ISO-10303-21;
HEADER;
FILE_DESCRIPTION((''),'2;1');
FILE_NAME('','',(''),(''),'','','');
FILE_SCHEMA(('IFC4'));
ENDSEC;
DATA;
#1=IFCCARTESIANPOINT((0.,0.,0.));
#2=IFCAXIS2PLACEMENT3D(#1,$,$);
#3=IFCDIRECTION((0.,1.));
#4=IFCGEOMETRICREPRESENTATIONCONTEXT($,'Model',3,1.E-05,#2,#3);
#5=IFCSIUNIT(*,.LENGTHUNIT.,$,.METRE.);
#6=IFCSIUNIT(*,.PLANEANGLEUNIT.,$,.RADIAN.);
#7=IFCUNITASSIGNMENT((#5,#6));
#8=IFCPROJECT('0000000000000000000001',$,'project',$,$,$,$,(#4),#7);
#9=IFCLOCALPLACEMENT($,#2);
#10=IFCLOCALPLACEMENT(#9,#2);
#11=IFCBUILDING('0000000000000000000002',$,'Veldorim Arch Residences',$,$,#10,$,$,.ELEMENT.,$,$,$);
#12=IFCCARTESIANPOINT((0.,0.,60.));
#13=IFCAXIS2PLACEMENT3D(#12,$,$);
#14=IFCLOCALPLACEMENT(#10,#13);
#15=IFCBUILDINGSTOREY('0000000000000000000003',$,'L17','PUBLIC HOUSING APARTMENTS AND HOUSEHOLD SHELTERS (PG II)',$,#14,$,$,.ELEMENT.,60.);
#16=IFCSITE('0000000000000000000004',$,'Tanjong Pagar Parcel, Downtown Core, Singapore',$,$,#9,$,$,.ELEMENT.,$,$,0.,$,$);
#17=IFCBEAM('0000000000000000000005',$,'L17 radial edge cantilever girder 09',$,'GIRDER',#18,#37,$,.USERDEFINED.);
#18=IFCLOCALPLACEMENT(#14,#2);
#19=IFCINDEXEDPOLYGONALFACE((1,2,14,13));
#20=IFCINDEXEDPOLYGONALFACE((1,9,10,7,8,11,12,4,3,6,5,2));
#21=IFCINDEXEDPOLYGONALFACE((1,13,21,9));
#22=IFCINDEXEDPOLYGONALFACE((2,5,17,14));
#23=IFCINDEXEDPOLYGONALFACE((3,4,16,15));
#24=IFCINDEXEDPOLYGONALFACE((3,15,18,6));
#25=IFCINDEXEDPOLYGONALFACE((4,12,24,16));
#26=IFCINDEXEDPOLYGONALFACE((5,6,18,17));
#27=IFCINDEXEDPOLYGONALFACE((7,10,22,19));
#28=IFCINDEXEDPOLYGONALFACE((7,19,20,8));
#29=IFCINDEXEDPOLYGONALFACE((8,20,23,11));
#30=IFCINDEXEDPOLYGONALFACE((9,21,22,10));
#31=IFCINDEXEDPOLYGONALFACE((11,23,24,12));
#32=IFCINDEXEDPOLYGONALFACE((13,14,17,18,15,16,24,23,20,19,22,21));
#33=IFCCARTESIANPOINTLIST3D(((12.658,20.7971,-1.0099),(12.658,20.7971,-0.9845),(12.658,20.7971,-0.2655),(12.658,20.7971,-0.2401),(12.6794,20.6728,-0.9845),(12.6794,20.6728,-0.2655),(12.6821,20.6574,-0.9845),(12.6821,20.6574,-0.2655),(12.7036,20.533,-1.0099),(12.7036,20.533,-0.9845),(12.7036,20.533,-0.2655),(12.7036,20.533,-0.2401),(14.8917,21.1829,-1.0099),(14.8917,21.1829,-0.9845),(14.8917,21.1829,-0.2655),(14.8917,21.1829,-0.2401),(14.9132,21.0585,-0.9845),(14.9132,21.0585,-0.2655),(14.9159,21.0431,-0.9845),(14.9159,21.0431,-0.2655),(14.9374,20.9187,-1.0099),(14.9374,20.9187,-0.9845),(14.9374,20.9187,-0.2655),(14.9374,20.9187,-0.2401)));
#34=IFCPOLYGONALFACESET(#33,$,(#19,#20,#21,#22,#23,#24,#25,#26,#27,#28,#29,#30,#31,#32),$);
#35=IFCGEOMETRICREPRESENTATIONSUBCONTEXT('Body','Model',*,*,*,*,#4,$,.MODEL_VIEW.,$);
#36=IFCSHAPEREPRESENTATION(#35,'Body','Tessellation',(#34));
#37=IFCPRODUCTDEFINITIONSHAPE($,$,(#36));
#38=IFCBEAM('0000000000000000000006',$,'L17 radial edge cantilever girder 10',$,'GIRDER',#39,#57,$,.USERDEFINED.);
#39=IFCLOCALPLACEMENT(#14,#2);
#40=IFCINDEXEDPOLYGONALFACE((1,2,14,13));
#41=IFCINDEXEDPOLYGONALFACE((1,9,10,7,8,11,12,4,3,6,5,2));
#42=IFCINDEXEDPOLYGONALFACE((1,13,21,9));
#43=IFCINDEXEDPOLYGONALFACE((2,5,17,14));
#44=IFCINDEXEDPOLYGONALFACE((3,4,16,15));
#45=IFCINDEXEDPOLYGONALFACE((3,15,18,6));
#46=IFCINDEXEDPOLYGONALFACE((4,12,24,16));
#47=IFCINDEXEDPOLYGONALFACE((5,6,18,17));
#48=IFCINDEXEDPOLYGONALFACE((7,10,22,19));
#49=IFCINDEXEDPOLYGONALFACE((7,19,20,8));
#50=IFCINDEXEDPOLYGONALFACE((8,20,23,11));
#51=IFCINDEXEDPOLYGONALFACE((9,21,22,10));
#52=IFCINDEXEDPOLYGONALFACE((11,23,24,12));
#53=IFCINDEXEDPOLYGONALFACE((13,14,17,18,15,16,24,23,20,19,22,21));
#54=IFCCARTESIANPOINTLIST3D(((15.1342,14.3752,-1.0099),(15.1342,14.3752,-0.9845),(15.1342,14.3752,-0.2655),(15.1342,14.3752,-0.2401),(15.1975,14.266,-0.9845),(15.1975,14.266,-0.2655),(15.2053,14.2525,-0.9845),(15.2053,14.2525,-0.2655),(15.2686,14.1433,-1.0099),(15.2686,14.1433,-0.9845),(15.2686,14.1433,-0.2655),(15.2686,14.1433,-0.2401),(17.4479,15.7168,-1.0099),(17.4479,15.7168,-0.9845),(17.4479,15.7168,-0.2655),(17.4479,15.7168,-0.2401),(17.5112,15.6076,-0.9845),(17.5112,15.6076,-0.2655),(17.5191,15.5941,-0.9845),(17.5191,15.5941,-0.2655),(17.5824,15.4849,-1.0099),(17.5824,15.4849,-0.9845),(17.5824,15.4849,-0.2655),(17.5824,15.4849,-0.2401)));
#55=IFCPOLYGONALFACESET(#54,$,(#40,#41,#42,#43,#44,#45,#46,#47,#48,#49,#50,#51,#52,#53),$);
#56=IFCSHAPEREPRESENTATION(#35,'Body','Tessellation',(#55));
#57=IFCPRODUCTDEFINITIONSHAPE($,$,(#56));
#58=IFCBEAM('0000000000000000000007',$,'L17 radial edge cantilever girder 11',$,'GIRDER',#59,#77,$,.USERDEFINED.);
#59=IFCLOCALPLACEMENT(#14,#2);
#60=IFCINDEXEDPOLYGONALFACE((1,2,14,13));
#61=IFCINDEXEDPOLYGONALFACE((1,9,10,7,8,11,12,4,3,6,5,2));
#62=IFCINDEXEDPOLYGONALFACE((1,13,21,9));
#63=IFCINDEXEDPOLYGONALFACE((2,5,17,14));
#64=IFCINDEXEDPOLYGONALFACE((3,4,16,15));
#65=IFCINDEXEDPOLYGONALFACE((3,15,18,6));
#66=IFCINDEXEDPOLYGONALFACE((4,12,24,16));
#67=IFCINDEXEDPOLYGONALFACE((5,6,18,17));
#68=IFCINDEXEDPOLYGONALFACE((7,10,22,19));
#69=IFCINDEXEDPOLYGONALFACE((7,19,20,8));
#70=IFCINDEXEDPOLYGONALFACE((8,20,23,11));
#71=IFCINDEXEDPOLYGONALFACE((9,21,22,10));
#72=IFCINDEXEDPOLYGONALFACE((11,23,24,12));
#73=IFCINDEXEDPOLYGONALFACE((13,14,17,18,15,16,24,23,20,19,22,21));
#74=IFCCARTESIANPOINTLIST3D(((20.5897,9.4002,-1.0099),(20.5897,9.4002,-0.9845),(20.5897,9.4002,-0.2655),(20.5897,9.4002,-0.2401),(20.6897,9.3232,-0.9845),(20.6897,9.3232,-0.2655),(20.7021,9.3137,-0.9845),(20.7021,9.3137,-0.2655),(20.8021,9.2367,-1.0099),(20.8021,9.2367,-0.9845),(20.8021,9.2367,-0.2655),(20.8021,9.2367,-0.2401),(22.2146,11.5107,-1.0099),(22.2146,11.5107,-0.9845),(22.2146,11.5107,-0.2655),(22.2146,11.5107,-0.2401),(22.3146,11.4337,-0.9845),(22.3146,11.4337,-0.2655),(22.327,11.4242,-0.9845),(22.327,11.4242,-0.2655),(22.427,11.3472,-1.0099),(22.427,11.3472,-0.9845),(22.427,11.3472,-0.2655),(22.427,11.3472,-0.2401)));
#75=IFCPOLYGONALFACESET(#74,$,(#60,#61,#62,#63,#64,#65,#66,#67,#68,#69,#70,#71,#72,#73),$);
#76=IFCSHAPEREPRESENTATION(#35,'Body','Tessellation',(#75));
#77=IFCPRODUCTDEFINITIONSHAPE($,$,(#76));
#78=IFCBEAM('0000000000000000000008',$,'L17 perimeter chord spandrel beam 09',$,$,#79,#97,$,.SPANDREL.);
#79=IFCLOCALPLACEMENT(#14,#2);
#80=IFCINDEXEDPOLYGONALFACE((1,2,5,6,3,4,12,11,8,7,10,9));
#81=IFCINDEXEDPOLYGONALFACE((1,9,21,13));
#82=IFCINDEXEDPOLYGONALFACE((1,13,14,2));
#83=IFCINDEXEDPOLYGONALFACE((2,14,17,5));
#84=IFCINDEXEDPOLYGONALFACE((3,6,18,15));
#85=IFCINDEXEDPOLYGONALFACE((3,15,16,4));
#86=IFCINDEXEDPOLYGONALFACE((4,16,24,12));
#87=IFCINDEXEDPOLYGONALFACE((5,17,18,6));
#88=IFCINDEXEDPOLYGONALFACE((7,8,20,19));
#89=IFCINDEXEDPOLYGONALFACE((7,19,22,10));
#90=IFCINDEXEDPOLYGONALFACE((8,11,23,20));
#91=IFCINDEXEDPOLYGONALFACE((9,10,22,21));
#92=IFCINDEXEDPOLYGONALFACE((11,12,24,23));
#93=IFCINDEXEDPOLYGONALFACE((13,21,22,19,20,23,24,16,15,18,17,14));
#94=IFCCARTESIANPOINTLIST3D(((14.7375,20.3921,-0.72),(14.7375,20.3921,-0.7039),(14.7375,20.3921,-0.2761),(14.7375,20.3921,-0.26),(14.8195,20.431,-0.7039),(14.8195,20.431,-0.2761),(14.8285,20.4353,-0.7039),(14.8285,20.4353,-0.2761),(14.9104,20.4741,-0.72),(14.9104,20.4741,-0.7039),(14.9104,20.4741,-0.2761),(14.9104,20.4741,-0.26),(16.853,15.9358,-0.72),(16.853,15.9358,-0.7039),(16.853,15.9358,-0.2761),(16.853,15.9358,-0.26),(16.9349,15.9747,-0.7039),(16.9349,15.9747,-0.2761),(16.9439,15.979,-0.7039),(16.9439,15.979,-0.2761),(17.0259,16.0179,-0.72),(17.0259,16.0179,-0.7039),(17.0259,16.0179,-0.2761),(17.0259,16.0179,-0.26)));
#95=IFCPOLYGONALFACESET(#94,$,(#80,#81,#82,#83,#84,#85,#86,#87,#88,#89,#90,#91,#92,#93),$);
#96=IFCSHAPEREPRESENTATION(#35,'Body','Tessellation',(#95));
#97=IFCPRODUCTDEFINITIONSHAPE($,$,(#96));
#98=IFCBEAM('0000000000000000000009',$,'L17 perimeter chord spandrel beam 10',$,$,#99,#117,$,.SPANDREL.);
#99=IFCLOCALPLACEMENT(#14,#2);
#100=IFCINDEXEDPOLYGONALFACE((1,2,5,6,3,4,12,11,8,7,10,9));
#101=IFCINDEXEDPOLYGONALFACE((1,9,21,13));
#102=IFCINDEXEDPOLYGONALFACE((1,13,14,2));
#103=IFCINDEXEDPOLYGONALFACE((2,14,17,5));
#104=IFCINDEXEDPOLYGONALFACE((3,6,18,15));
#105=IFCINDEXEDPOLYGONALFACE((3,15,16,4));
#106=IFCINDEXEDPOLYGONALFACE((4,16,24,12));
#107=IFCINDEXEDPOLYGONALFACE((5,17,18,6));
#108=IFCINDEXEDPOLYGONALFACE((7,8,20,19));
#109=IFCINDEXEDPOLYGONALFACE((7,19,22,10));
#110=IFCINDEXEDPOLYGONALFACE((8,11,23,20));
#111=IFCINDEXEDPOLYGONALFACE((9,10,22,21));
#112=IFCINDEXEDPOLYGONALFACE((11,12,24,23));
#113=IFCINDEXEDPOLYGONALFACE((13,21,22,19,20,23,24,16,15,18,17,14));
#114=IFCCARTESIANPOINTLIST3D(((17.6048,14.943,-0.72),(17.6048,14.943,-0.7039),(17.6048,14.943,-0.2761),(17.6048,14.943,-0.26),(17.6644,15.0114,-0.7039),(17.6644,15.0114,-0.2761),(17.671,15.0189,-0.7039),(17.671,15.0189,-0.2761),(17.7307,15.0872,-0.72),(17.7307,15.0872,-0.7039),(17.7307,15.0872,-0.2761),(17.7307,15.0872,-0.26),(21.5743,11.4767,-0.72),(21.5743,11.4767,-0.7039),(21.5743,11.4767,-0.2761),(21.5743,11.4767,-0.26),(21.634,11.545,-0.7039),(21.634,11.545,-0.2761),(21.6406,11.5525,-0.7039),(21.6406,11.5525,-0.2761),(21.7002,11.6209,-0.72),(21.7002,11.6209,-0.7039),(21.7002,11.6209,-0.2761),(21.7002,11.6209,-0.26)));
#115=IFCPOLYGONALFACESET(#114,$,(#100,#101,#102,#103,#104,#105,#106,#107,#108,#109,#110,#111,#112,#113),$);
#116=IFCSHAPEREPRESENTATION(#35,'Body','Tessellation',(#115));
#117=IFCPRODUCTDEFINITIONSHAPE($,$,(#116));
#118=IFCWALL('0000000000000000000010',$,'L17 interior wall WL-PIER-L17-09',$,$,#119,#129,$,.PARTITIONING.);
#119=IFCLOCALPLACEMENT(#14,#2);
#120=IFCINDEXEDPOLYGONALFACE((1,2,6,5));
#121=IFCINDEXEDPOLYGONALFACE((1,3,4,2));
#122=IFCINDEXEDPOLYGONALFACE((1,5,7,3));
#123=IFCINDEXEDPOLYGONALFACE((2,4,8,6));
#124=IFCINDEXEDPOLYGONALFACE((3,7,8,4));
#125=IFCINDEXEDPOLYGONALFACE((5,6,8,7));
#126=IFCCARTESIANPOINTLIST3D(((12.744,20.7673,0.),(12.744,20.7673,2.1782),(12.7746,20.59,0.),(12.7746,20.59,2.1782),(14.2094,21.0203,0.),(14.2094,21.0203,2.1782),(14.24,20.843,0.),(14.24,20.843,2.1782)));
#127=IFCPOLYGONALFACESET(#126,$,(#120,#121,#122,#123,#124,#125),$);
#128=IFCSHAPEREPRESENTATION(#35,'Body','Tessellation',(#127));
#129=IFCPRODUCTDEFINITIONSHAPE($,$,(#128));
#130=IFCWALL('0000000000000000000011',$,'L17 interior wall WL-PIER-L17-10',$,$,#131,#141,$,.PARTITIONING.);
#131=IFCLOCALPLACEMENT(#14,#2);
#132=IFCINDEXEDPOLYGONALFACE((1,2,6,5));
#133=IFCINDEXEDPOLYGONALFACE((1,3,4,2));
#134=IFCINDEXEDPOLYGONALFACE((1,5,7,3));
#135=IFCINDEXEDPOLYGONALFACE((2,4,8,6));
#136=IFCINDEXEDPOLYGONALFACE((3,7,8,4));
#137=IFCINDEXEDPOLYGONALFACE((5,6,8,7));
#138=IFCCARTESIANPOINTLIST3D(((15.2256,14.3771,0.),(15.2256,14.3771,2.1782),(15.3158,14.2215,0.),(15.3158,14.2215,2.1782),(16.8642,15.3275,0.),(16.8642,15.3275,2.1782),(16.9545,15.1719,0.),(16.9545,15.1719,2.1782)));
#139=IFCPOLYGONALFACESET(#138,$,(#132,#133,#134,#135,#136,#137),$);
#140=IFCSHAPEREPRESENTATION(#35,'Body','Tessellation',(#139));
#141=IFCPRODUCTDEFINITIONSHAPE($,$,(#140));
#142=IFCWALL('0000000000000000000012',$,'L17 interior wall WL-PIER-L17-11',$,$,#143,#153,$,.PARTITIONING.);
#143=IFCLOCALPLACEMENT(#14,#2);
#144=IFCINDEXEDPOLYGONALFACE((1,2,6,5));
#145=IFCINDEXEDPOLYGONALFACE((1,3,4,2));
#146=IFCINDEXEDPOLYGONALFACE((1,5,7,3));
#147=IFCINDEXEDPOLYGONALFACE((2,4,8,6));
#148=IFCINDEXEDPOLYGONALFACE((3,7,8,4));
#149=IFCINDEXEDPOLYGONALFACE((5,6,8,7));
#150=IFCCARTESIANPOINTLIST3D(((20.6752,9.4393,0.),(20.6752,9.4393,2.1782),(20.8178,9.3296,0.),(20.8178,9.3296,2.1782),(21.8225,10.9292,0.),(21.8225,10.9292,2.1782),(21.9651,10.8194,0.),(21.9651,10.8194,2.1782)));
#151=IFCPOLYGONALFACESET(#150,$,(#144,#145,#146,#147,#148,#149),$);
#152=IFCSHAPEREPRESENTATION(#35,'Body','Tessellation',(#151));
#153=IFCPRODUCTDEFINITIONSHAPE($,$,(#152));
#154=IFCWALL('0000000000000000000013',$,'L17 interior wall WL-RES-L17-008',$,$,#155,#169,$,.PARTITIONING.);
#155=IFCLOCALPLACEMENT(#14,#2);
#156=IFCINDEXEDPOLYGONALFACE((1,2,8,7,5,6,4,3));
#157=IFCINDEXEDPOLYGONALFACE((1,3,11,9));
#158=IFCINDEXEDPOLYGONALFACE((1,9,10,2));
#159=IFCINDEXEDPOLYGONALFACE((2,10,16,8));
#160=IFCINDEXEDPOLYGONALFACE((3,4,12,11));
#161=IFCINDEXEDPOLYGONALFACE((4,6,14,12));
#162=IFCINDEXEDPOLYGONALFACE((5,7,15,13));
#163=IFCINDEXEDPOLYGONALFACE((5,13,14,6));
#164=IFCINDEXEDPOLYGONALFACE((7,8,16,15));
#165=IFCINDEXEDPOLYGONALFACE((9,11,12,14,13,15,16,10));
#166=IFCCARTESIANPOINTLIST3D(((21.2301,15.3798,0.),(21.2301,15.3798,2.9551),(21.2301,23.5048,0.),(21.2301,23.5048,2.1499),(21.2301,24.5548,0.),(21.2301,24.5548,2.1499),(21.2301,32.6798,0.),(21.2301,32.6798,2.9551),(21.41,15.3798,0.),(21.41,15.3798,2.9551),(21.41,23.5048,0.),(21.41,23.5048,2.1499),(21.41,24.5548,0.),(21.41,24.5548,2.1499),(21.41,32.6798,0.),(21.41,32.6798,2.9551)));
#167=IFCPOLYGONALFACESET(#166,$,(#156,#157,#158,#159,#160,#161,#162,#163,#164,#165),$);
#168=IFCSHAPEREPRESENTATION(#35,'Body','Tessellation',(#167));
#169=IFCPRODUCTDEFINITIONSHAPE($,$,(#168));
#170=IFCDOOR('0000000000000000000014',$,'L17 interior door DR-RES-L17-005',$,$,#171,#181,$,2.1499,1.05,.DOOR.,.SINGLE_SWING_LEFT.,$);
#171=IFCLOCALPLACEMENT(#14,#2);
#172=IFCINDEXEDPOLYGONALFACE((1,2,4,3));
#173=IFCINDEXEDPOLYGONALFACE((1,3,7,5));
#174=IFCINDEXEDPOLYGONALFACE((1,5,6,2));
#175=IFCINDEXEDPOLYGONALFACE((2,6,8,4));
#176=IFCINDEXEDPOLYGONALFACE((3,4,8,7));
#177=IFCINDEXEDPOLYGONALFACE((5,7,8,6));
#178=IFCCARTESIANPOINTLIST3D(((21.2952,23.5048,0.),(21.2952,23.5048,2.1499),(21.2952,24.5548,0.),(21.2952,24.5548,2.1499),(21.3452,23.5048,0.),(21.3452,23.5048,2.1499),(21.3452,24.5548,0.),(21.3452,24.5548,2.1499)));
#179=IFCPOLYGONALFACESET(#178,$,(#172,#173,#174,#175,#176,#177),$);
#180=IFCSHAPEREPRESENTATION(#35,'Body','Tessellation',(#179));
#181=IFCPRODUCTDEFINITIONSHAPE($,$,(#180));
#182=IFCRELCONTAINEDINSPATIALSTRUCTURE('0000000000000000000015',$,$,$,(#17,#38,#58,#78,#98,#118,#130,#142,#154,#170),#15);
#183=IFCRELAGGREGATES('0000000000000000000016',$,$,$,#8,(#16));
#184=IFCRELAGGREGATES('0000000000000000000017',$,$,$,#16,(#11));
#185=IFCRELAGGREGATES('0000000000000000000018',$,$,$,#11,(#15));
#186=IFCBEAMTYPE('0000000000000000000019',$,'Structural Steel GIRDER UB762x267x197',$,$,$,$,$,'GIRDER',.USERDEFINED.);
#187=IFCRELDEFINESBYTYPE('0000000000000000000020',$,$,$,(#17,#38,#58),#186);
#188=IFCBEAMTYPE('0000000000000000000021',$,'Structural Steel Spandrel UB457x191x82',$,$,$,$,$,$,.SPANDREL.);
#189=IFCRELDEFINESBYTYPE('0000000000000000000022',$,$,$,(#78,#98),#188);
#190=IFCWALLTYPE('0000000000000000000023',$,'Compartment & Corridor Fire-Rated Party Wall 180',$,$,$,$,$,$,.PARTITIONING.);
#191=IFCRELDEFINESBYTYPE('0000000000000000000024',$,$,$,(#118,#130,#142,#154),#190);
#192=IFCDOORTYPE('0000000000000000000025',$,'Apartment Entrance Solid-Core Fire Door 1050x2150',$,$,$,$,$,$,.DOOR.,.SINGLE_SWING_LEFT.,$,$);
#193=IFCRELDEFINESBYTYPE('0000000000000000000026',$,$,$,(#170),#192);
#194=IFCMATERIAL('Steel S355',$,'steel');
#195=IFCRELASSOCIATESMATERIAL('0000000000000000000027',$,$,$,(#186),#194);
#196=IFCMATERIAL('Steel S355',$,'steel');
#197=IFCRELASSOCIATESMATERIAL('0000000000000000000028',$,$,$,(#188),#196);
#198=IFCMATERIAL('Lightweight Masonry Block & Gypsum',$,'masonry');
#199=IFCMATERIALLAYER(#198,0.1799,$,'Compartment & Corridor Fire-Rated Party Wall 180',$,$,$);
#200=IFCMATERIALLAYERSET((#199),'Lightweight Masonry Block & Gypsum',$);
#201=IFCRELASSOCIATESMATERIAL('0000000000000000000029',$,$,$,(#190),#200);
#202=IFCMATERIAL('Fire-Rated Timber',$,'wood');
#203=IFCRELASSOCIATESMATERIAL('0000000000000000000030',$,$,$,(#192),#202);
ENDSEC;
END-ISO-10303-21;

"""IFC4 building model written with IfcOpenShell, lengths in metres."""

from ifc_helpers import new_model, si_unit, direction, frame, frame_2d, origin, origin_2d, place, context, subcontext, project, spatial, rectangle, i_section, extrude, material, layer, layer_set, material_profile, profile_set, type_object, element, fill, save


model = new_model("IFC4")

# Units and contexts
model_context = context("Model", 3, precision=1e-05, world=origin(), true_north=direction((0.0, 1.0)))
body_context = subcontext(model_context, "Body", "Model", "MODEL_VIEW")
ifc_project = project(units=[si_unit("LENGTHUNIT", "METRE"), si_unit("PLANEANGLEUNIT", "RADIAN")], contexts=[model_context])

# Site, building, storey
site_placement = place(None, origin())
site = spatial("IfcSite", under=ifc_project, at=site_placement, Name="Tanjong Pagar Parcel, Downtown Core, Singapore", CompositionType="ELEMENT", RefElevation=0.0)
building_placement = place(site_placement, origin())
building = spatial("IfcBuilding", under=site, at=building_placement, Name="Veldorim Arch Residences", CompositionType="ELEMENT")
storey_placement = place(building_placement, frame((0.0, 0.0, 60.0)))
storey = spatial("IfcBuildingStorey", under=building, at=storey_placement, Name="L17", Description="PUBLIC HOUSING APARTMENTS AND HOUSEHOLD SHELTERS (PG II)", CompositionType="ELEMENT", Elevation=60.0)

# Beams
ifc_material_1 = material(Name="Steel S355", Category="steel")
ifc_material_profile_1 = material_profile(ifc_material_1, i_section(OverallWidth=0.2681, OverallDepth=0.7698, WebThickness=0.0156, FlangeThickness=0.0254, at=origin_2d()), Name="UB762x267x197")
ifc_profile_set_1 = profile_set([ifc_material_profile_1], Name="Steel S355")
beam_type_1 = type_object("IfcBeamType", Name="Structural Steel GIRDER UB762x267x197", ElementType="GIRDER", PredefinedType="USERDEFINED", material=ifc_profile_set_1)
beam_1_placement = place(storey_placement, frame((14.9146, 21.0508, -0.625), z_axis=(-0.985417, -0.170159, 0.0), x_axis=(0.170159, -0.985417, 0.0)))
element("IfcBeam", 1, at=beam_1_placement, inside=storey, type_object=beam_type_1, Name="L17 radial edge cantilever girder 09", ObjectType="GIRDER", PredefinedType="USERDEFINED", context=body_context, shape_type="SweptSolid", body=[
    extrude(i_section(OverallWidth=0.2681, OverallDepth=0.7698, WebThickness=0.0156, FlangeThickness=0.0254, at=origin_2d()), origin(), (0.0, 0.0, 1.0), 2.2668),
])
beam_2_placement = place(storey_placement, frame((17.5151, 15.6008, -0.625), z_axis=(-0.865097, -0.501605, 0.0), x_axis=(0.501605, -0.865097, 0.0)))
element("IfcBeam", 2, at=beam_2_placement, inside=storey, type_object=beam_type_1, Name="L17 radial edge cantilever girder 10", ObjectType="GIRDER", PredefinedType="USERDEFINED", context=body_context, shape_type="SweptSolid", body=[
    extrude(i_section(OverallWidth=0.2681, OverallDepth=0.7698, WebThickness=0.0156, FlangeThickness=0.0254, at=origin_2d()), origin(), (0.0, 0.0, 1.0), 2.6746),
])
beam_3_placement = place(storey_placement, frame((22.3208, 11.429, -0.625), z_axis=(-0.610056, -0.792358, 0.0), x_axis=(0.792358, -0.610056, 0.0)))
element("IfcBeam", 3, at=beam_3_placement, inside=storey, type_object=beam_type_1, Name="L17 radial edge cantilever girder 11", ObjectType="GIRDER", PredefinedType="USERDEFINED", context=body_context, shape_type="SweptSolid", body=[
    extrude(i_section(OverallWidth=0.2681, OverallDepth=0.7698, WebThickness=0.0156, FlangeThickness=0.0254, at=origin_2d()), origin(), (0.0, 0.0, 1.0), 2.6636),
])
ifc_material_2 = material(Name="Steel S355", Category="steel")
ifc_material_profile_2 = material_profile(ifc_material_2, i_section(OverallWidth=0.1914, OverallDepth=0.46, WebThickness=0.01, FlangeThickness=0.0161, at=origin_2d()), Name="UB457x191x82")
ifc_profile_set_2 = profile_set([ifc_material_profile_2], Name="Steel S355")
beam_type_2 = type_object("IfcBeamType", Name="Structural Steel Spandrel UB457x191x82", PredefinedType="SPANDREL", material=ifc_profile_set_2)
beam_4_placement = place(storey_placement, frame((14.824, 20.4331, -0.49), z_axis=(0.428848, -0.903377, 0.0), x_axis=(0.903377, 0.428848, 0.0)))
element("IfcBeam", 4, at=beam_4_placement, inside=storey, type_object=beam_type_2, Name="L17 perimeter chord spandrel beam 09", PredefinedType="SPANDREL", context=body_context, shape_type="SweptSolid", body=[
    extrude(i_section(OverallWidth=0.1914, OverallDepth=0.46, WebThickness=0.01, FlangeThickness=0.0161, at=origin_2d()), origin(), (0.0, 0.0, 1.0), 4.9329),
])
beam_5_placement = place(storey_placement, frame((17.6677, 15.0151, -0.49), z_axis=(0.753234, -0.657753, 0.0), x_axis=(0.657753, 0.753234, 0.0)))
element("IfcBeam", 5, at=beam_5_placement, inside=storey, type_object=beam_type_2, Name="L17 perimeter chord spandrel beam 10", PredefinedType="SPANDREL", context=body_context, shape_type="SweptSolid", body=[
    extrude(i_section(OverallWidth=0.1914, OverallDepth=0.46, WebThickness=0.01, FlangeThickness=0.0161, at=origin_2d()), origin(), (0.0, 0.0, 1.0), 5.27),
])

# Walls
ifc_material_3 = material(Name="Lightweight Masonry Block & Gypsum", Category="masonry")
ifc_layer_1 = layer(ifc_material_3, 0.1799, Name="Compartment & Corridor Fire-Rated Party Wall 180")
ifc_layer_set_1 = layer_set([ifc_layer_1], Name="Lightweight Masonry Block & Gypsum")
wall_type_1 = type_object("IfcWallType", Name="Compartment & Corridor Fire-Rated Party Wall 180", PredefinedType="PARTITIONING", material=ifc_layer_set_1)
wall_1_placement = place(storey_placement, frame((14.2249, 20.9316, 0.0), z_axis=(0.0, 0.0, 1.0), x_axis=(-0.985428, -0.170094, 0.0)))
element("IfcWall", 6, at=wall_1_placement, inside=storey, type_object=wall_type_1, Name="L17 interior wall WL-PIER-L17-09", PredefinedType="PARTITIONING", context=body_context, shape_type="SweptSolid", body=[
    extrude(rectangle(XDim=1.4871, YDim=0.1799, at=frame_2d((0.7437, 0.0))), origin(), (0.0, 0.0, 1.0), 2.1782),
])
wall_2_placement = place(storey_placement, frame((16.9094, 15.2498, 0.0), z_axis=(0.0, 0.0, 1.0), x_axis=(-0.865029, -0.501722, 0.0)))
element("IfcWall", 7, at=wall_2_placement, inside=storey, type_object=wall_type_1, Name="L17 interior wall WL-PIER-L17-10", PredefinedType="PARTITIONING", context=body_context, shape_type="SweptSolid", body=[
    extrude(rectangle(XDim=1.8943, YDim=0.1799, at=frame_2d((0.9473, 0.0))), origin(), (0.0, 0.0, 1.0), 2.1782),
])
wall_3_placement = place(storey_placement, frame((21.8938, 10.8743, 0.0), z_axis=(0.0, 0.0, 1.0), x_axis=(-0.610131, -0.7923, 0.0)))
element("IfcWall", 8, at=wall_3_placement, inside=storey, type_object=wall_type_1, Name="L17 interior wall WL-PIER-L17-11", PredefinedType="PARTITIONING", context=body_context, shape_type="SweptSolid", body=[
    extrude(rectangle(XDim=1.8804, YDim=0.1799, at=frame_2d((0.9402, 0.0))), origin(), (0.0, 0.0, 1.0), 2.1782),
])

# Wall, opening, door
wall_4_placement = place(storey_placement, frame((21.3201, 15.3799, 0.0), z_axis=(0.0, 0.0, 1.0), x_axis=(0.0, 1.0, 0.0)))
wall_4 = element("IfcWall", 9, at=wall_4_placement, inside=storey, type_object=wall_type_1, Name="L17 interior wall WL-RES-L17-008", PredefinedType="PARTITIONING", context=body_context, shape_type="SweptSolid", body=[
    extrude(rectangle(XDim=17.3, YDim=0.1799, at=frame_2d((8.6499, 0.0))), origin(), (0.0, 0.0, 1.0), 2.9551),
])
opening_1_placement = place(wall_4_placement, frame((8.125, 0.0, 0.0)))
opening_1 = element("IfcOpeningElement", 10, at=opening_1_placement, cuts=wall_4, PredefinedType="OPENING", context=body_context, shape_type="SweptSolid", body=[
    extrude(rectangle(XDim=1.05, YDim=2.1499, at=frame_2d((0.5249, 1.075))), frame((0.0, 0.0999, 0.0), z_axis=(0.0, -1.0, 0.0), x_axis=(1.0, 0.0, 0.0)), (0.0, 0.0, 1.0), 0.2),
])
ifc_material_4 = material(Name="Fire-Rated Timber", Category="wood")
door_type_1 = type_object("IfcDoorType", Name="Apartment Entrance Solid-Core Fire Door 1050x2150", OperationType="SINGLE_SWING_LEFT", PredefinedType="DOOR", material=ifc_material_4)
door_1_placement = place(opening_1_placement, origin())
door_1 = element("IfcDoor", 11, at=door_1_placement, inside=storey, type_object=door_type_1, Name="L17 interior door DR-RES-L17-005", OperationType="SINGLE_SWING_LEFT", OverallHeight=2.1499, OverallWidth=1.05, PredefinedType="DOOR", context=body_context, shape_type="SweptSolid", body=[
    extrude(rectangle(XDim=1.05, YDim=2.1499, at=frame_2d((0.5249, 1.075))), frame((0.0, 0.0249, 0.0), z_axis=(0.0, -1.0, 0.0), x_axis=(1.0, 0.0, 0.0)), (0.0, 0.0, 1.0), 0.05),
])
fill(opening_1, door_1)

save(model, "model.ifc")
